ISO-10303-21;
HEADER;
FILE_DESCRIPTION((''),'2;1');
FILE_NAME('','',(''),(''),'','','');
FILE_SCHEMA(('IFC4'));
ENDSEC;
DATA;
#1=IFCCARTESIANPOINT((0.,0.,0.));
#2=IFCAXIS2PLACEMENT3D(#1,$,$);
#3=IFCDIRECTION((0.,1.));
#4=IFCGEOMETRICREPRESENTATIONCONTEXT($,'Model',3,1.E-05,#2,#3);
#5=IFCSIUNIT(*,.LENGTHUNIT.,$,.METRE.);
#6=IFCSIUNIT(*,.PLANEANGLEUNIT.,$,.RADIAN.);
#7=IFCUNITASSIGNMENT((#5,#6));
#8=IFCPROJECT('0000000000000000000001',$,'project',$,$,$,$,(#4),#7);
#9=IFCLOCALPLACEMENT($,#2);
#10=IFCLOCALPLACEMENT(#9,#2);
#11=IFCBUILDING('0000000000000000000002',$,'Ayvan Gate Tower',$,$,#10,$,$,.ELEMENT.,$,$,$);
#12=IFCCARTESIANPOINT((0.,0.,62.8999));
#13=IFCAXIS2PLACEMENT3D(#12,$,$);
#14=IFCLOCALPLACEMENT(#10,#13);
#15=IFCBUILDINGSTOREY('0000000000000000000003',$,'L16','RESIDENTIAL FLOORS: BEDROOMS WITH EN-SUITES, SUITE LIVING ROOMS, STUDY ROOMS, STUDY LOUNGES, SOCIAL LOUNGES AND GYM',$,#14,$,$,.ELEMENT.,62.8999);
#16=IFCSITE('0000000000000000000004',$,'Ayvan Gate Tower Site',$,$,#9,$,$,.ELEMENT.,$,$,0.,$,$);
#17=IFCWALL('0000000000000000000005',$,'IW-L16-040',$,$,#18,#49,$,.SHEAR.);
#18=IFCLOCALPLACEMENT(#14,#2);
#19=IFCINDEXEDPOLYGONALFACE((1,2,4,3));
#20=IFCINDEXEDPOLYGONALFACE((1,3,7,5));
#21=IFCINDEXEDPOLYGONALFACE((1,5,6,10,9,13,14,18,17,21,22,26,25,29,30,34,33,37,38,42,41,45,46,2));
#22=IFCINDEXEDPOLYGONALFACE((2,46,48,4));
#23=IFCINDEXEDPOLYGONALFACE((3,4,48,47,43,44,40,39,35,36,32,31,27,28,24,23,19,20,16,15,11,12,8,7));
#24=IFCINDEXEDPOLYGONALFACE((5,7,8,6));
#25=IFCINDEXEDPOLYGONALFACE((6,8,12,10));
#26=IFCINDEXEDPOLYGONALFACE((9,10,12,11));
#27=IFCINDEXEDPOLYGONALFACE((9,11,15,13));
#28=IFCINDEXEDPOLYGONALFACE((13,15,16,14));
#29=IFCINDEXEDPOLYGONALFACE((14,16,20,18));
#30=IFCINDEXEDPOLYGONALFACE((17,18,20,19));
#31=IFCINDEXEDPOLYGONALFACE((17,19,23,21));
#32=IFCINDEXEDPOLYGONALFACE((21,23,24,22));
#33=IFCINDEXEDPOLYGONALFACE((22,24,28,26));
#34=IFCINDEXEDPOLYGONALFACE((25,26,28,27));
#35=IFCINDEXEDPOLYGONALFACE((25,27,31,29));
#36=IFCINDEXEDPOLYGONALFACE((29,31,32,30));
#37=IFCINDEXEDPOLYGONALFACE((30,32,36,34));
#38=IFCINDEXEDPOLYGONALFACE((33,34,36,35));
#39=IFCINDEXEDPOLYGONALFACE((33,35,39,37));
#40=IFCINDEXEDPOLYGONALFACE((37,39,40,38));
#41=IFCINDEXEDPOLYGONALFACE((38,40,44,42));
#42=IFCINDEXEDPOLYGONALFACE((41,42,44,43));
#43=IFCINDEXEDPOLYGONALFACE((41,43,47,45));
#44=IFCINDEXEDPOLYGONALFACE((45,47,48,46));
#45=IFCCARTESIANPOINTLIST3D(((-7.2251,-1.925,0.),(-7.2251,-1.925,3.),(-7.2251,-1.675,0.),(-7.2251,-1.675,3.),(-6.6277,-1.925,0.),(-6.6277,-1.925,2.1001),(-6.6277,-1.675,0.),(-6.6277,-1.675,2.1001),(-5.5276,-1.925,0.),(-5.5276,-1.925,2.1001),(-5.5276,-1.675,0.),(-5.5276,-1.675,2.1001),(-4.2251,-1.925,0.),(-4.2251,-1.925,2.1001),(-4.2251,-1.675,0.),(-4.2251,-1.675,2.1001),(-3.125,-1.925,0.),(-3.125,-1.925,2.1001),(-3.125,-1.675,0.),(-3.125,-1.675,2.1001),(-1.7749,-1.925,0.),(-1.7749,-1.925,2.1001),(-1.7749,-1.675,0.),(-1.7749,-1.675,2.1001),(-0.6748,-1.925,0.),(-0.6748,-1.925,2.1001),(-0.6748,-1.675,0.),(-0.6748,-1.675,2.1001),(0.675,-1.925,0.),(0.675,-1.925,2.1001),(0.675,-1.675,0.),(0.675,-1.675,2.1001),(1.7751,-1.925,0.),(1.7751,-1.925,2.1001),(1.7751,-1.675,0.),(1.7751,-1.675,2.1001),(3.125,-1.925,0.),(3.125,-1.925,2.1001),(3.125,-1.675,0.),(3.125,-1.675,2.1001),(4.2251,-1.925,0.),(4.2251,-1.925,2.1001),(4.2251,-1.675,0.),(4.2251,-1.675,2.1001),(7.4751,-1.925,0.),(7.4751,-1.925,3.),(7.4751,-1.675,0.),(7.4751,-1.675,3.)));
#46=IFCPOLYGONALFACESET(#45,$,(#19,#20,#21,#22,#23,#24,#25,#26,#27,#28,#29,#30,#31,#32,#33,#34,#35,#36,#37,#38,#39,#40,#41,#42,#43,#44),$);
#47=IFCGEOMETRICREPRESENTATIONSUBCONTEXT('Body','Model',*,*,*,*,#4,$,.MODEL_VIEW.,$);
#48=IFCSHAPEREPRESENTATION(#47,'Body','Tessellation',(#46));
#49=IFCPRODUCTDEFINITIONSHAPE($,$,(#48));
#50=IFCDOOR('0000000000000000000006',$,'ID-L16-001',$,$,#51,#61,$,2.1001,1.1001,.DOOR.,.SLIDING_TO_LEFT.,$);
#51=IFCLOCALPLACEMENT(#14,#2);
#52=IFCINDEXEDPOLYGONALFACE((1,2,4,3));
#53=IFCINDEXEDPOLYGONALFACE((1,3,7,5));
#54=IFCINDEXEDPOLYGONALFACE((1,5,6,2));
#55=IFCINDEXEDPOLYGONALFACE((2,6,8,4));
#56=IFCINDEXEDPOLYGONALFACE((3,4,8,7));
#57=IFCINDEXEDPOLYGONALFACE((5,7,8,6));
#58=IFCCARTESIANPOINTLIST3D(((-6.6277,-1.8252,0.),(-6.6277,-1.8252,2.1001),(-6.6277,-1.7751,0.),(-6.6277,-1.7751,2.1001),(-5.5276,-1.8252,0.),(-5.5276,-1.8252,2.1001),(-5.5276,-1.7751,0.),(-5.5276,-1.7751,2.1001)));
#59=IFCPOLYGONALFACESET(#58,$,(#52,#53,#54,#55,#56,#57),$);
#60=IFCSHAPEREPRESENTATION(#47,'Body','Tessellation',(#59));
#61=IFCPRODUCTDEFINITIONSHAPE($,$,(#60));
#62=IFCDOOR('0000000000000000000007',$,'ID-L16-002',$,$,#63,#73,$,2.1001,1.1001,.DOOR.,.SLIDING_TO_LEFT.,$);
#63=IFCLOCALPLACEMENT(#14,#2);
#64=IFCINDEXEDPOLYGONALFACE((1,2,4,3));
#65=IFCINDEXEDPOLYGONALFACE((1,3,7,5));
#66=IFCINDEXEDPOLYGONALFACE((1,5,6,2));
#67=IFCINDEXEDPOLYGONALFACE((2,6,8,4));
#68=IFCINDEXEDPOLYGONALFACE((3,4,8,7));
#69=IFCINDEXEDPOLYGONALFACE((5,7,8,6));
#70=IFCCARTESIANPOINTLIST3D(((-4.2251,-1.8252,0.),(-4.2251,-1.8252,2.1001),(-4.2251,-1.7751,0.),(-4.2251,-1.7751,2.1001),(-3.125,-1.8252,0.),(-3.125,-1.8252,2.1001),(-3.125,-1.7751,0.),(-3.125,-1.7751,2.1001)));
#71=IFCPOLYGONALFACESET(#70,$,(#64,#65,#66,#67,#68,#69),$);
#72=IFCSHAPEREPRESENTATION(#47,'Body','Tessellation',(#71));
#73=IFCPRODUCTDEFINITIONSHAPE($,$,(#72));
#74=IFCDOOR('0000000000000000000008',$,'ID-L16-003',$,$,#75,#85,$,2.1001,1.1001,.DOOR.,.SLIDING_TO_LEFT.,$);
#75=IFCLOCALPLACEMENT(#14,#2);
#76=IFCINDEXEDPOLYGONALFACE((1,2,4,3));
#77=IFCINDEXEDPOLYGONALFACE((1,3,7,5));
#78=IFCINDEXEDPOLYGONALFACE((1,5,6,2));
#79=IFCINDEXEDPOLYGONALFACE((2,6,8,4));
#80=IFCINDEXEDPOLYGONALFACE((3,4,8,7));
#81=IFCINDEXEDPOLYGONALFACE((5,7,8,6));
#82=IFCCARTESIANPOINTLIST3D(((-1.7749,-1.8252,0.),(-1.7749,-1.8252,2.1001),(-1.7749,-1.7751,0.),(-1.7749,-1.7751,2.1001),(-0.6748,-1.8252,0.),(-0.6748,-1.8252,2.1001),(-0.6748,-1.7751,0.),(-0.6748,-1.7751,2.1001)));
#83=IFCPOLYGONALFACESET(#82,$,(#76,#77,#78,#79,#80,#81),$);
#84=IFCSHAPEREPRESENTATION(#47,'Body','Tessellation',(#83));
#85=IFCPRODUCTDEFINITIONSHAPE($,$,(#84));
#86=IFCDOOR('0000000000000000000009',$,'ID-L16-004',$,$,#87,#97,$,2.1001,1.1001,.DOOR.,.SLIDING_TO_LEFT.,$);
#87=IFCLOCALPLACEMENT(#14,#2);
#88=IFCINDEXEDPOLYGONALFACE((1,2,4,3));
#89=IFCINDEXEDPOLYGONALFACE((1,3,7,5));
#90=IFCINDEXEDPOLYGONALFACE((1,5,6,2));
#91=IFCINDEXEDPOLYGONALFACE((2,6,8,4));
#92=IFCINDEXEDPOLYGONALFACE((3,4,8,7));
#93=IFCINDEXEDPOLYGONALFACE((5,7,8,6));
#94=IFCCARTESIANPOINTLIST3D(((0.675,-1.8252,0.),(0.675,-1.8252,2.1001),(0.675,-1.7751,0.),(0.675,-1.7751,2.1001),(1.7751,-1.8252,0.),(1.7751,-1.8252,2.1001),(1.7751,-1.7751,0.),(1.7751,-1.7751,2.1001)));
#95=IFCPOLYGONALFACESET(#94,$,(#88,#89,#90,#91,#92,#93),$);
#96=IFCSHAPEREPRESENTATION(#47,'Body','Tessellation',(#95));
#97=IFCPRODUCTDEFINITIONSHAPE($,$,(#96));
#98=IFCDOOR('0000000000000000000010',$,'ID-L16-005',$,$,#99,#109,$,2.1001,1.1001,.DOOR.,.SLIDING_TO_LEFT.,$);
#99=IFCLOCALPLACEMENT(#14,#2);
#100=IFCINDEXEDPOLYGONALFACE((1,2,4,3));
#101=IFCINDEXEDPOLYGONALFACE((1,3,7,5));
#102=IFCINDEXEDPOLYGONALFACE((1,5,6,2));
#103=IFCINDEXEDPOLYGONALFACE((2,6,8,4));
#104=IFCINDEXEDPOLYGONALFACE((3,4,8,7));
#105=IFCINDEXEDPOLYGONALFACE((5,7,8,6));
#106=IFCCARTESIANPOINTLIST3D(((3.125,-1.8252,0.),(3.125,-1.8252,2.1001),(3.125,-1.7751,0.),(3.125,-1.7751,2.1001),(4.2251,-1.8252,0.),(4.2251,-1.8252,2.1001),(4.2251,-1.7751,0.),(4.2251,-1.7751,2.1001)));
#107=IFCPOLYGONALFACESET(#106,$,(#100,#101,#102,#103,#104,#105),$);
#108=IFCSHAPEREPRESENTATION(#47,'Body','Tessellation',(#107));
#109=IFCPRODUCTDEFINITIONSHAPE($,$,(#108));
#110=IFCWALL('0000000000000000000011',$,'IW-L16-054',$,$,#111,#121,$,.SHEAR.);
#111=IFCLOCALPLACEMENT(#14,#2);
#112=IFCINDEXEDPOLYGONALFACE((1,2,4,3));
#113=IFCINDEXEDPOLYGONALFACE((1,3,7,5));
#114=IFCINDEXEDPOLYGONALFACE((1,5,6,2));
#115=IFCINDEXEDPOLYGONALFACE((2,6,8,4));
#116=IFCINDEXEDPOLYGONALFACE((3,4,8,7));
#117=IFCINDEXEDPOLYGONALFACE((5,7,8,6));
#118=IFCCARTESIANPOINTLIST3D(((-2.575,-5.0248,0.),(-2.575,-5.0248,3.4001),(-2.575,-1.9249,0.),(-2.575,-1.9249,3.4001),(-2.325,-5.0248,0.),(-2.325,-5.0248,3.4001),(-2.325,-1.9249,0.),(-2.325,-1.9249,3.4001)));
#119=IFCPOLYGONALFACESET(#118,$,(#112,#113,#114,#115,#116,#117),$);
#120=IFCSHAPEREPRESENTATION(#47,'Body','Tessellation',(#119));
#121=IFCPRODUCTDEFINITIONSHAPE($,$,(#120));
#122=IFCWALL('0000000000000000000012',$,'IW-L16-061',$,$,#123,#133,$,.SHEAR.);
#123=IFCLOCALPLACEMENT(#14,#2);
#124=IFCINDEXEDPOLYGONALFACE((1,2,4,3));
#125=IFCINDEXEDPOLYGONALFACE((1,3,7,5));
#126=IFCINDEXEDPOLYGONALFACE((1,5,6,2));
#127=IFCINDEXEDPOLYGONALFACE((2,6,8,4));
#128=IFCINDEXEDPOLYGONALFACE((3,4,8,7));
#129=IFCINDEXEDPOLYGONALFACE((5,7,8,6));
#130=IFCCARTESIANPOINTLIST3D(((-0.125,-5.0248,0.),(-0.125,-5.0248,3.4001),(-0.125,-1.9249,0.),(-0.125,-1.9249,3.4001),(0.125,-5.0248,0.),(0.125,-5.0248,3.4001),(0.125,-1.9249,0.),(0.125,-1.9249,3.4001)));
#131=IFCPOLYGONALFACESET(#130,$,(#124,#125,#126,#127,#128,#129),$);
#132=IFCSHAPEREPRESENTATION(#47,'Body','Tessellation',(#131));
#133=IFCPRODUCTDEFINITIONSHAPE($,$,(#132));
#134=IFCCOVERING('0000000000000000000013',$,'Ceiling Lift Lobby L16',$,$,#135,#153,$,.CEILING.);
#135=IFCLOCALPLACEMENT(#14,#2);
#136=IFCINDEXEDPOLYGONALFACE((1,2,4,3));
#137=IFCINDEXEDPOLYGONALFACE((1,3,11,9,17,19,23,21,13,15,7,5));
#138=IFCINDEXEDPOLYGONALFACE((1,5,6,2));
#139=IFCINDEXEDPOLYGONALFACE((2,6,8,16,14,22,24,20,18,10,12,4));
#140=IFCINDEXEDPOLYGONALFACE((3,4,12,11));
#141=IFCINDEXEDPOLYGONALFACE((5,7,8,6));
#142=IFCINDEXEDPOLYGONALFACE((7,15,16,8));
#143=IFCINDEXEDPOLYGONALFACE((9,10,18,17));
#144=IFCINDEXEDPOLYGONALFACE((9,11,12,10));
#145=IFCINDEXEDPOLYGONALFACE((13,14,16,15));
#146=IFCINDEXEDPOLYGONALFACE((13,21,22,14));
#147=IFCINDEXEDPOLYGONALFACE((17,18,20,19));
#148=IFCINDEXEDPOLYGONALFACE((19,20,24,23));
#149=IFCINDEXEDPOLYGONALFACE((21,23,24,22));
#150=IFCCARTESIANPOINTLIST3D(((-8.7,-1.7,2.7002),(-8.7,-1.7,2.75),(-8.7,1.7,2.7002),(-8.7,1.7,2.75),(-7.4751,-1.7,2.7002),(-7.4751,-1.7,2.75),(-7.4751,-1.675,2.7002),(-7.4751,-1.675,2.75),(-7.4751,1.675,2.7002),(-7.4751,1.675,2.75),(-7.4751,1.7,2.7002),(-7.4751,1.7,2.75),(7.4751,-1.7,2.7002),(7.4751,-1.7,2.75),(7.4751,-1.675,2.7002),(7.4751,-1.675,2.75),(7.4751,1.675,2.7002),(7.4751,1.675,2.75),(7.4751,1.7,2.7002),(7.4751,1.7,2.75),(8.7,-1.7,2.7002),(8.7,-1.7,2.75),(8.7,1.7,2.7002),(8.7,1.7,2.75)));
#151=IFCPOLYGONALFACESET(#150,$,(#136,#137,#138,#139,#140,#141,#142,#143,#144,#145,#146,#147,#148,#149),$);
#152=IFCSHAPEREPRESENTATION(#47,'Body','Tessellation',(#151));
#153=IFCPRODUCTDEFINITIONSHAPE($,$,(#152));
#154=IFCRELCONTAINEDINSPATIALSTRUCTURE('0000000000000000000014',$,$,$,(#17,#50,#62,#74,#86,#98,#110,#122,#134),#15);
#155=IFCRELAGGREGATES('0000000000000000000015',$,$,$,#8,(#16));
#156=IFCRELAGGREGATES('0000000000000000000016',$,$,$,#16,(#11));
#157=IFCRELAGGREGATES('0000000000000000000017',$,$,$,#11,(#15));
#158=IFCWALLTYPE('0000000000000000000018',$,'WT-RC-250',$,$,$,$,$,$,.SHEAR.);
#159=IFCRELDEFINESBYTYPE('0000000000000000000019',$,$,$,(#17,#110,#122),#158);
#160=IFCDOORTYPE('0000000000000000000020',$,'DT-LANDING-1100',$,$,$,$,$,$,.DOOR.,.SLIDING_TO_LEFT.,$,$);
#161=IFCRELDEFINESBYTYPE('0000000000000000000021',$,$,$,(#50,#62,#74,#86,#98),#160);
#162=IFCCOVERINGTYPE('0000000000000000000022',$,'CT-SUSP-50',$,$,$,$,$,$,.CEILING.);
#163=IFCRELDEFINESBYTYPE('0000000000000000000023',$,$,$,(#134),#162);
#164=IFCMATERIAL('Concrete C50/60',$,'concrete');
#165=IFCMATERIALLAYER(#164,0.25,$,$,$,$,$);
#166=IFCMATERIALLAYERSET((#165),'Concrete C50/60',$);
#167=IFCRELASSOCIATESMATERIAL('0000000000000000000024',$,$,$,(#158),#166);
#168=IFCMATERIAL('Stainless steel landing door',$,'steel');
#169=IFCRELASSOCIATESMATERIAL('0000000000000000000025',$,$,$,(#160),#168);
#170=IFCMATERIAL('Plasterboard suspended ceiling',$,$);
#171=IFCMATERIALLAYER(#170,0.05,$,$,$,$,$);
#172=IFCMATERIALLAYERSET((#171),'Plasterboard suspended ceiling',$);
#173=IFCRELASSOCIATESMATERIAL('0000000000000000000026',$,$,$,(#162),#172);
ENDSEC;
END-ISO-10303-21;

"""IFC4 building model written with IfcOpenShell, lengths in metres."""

from ifc_helpers import new_model, si_unit, direction, frame, frame_2d, origin, place, context, subcontext, project, spatial, polyline, rectangle, outline, extrude, material, layer, layer_set, type_object, element, fill, save


model = new_model("IFC4")

# Units and contexts
model_context = context("Model", 3, precision=1e-05, world=origin(), true_north=direction((0.0, 1.0)))
body_context = subcontext(model_context, "Body", "Model", "MODEL_VIEW")
ifc_project = project(units=[si_unit("LENGTHUNIT", "METRE"), si_unit("PLANEANGLEUNIT", "RADIAN")], contexts=[model_context])

# Site, building, storey
site_placement = place(None, origin())
site = spatial("IfcSite", under=ifc_project, at=site_placement, Name="Ayvan Gate Tower Site", CompositionType="ELEMENT", RefElevation=0.0)
building_placement = place(site_placement, origin())
building = spatial("IfcBuilding", under=site, at=building_placement, Name="Ayvan Gate Tower", CompositionType="ELEMENT")
storey_placement = place(building_placement, frame((0.0, 0.0, 62.8999)))
storey = spatial("IfcBuildingStorey", under=building, at=storey_placement, Name="L16", Description="RESIDENTIAL FLOORS: BEDROOMS WITH EN-SUITES, SUITE LIVING ROOMS, STUDY ROOMS, STUDY LOUNGES, SOCIAL LOUNGES AND GYM", CompositionType="ELEMENT", Elevation=62.8999)

# Shared definitions
ifc_material_1 = material(Name="Concrete C50/60", Category="concrete")
ifc_layer_1 = layer(ifc_material_1, 0.25)
ifc_layer_set_1 = layer_set([ifc_layer_1], Name="Concrete C50/60")
wall_type_1 = type_object("IfcWallType", Name="WT-RC-250", PredefinedType="SHEAR", material=ifc_layer_set_1)

# Wall, openings, doors
wall_1_placement = place(storey_placement, frame((-7.2251, -1.8, 0.0), z_axis=(0.0, 0.0, 1.0), x_axis=(1.0, 0.0, 0.0)))
wall_1 = element("IfcWall", 1, at=wall_1_placement, inside=storey, type_object=wall_type_1, Name="IW-L16-040", PredefinedType="SHEAR", context=body_context, shape_type="SweptSolid", body=[
    extrude(rectangle(XDim=14.7002, YDim=0.25, at=frame_2d((7.3501, 0.0))), origin(), (0.0, 0.0, 1.0), 3.0),
])
opening_1_placement = place(wall_1_placement, frame((0.5974, 0.0, 0.0)))
opening_1 = element("IfcOpeningElement", 2, at=opening_1_placement, cuts=wall_1, PredefinedType="OPENING", context=body_context, shape_type="SweptSolid", body=[
    extrude(rectangle(XDim=1.1001, YDim=2.1001, at=frame_2d((0.55, 1.05))), frame((0.0, 0.135, 0.0), z_axis=(0.0, -1.0, 0.0), x_axis=(1.0, 0.0, 0.0)), (0.0, 0.0, 1.0), 0.27),
])
opening_2_placement = place(wall_1_placement, frame((3.0, 0.0, 0.0)))
opening_2 = element("IfcOpeningElement", 3, at=opening_2_placement, cuts=wall_1, PredefinedType="OPENING", context=body_context, shape_type="SweptSolid", body=[
    extrude(rectangle(XDim=1.1001, YDim=2.1001, at=frame_2d((0.55, 1.05))), frame((0.0, 0.135, 0.0), z_axis=(0.0, -1.0, 0.0), x_axis=(1.0, 0.0, 0.0)), (0.0, 0.0, 1.0), 0.27),
])
opening_3_placement = place(wall_1_placement, frame((5.4502, 0.0, 0.0)))
opening_3 = element("IfcOpeningElement", 4, at=opening_3_placement, cuts=wall_1, PredefinedType="OPENING", context=body_context, shape_type="SweptSolid", body=[
    extrude(rectangle(XDim=1.1001, YDim=2.1001, at=frame_2d((0.55, 1.05))), frame((0.0, 0.135, 0.0), z_axis=(0.0, -1.0, 0.0), x_axis=(1.0, 0.0, 0.0)), (0.0, 0.0, 1.0), 0.27),
])
opening_4_placement = place(wall_1_placement, frame((7.9001, 0.0, 0.0)))
opening_4 = element("IfcOpeningElement", 5, at=opening_4_placement, cuts=wall_1, PredefinedType="OPENING", context=body_context, shape_type="SweptSolid", body=[
    extrude(rectangle(XDim=1.1001, YDim=2.1001, at=frame_2d((0.55, 1.05))), frame((0.0, 0.135, 0.0), z_axis=(0.0, -1.0, 0.0), x_axis=(1.0, 0.0, 0.0)), (0.0, 0.0, 1.0), 0.27),
])
opening_5_placement = place(wall_1_placement, frame((10.3501, 0.0, 0.0)))
opening_5 = element("IfcOpeningElement", 6, at=opening_5_placement, cuts=wall_1, PredefinedType="OPENING", context=body_context, shape_type="SweptSolid", body=[
    extrude(rectangle(XDim=1.1001, YDim=2.1001, at=frame_2d((0.55, 1.05))), frame((0.0, 0.135, 0.0), z_axis=(0.0, -1.0, 0.0), x_axis=(1.0, 0.0, 0.0)), (0.0, 0.0, 1.0), 0.27),
])
ifc_material_2 = material(Name="Stainless steel landing door", Category="steel")
door_type = type_object("IfcDoorType", Name="DT-LANDING-1100", OperationType="SLIDING_TO_LEFT", PredefinedType="DOOR", material=ifc_material_2)
door_1_placement = place(opening_1_placement, origin())
door_1 = element("IfcDoor", 7, at=door_1_placement, inside=storey, type_object=door_type, Name="ID-L16-001", OperationType="SLIDING_TO_LEFT", OverallHeight=2.1001, OverallWidth=1.1001, PredefinedType="DOOR", context=body_context, shape_type="SweptSolid", body=[
    extrude(rectangle(XDim=1.1001, YDim=2.1001, at=frame_2d((0.55, 1.05))), frame((0.0, 0.0249, 0.0), z_axis=(0.0, -1.0, 0.0), x_axis=(1.0, 0.0, 0.0)), (0.0, 0.0, 1.0), 0.05),
])
fill(opening_1, door_1)
door_2_placement = place(opening_2_placement, origin())
door_2 = element("IfcDoor", 8, at=door_2_placement, inside=storey, type_object=door_type, Name="ID-L16-002", OperationType="SLIDING_TO_LEFT", OverallHeight=2.1001, OverallWidth=1.1001, PredefinedType="DOOR", context=body_context, shape_type="SweptSolid", body=[
    extrude(rectangle(XDim=1.1001, YDim=2.1001, at=frame_2d((0.55, 1.05))), frame((0.0, 0.0249, 0.0), z_axis=(0.0, -1.0, 0.0), x_axis=(1.0, 0.0, 0.0)), (0.0, 0.0, 1.0), 0.05),
])
fill(opening_2, door_2)
door_3_placement = place(opening_3_placement, origin())
door_3 = element("IfcDoor", 9, at=door_3_placement, inside=storey, type_object=door_type, Name="ID-L16-003", OperationType="SLIDING_TO_LEFT", OverallHeight=2.1001, OverallWidth=1.1001, PredefinedType="DOOR", context=body_context, shape_type="SweptSolid", body=[
    extrude(rectangle(XDim=1.1001, YDim=2.1001, at=frame_2d((0.55, 1.05))), frame((0.0, 0.0249, 0.0), z_axis=(0.0, -1.0, 0.0), x_axis=(1.0, 0.0, 0.0)), (0.0, 0.0, 1.0), 0.05),
])
fill(opening_3, door_3)
door_4_placement = place(opening_4_placement, origin())
door_4 = element("IfcDoor", 10, at=door_4_placement, inside=storey, type_object=door_type, Name="ID-L16-004", OperationType="SLIDING_TO_LEFT", OverallHeight=2.1001, OverallWidth=1.1001, PredefinedType="DOOR", context=body_context, shape_type="SweptSolid", body=[
    extrude(rectangle(XDim=1.1001, YDim=2.1001, at=frame_2d((0.55, 1.05))), frame((0.0, 0.0249, 0.0), z_axis=(0.0, -1.0, 0.0), x_axis=(1.0, 0.0, 0.0)), (0.0, 0.0, 1.0), 0.05),
])
fill(opening_4, door_4)
door_5_placement = place(opening_5_placement, origin())
door_5 = element("IfcDoor", 11, at=door_5_placement, inside=storey, type_object=door_type, Name="ID-L16-005", OperationType="SLIDING_TO_LEFT", OverallHeight=2.1001, OverallWidth=1.1001, PredefinedType="DOOR", context=body_context, shape_type="SweptSolid", body=[
    extrude(rectangle(XDim=1.1001, YDim=2.1001, at=frame_2d((0.55, 1.05))), frame((0.0, 0.0249, 0.0), z_axis=(0.0, -1.0, 0.0), x_axis=(1.0, 0.0, 0.0)), (0.0, 0.0, 1.0), 0.05),
])
fill(opening_5, door_5)

# Walls
for number, where, z_axis, x_axis, name in (
    (12, (-2.45, -1.925, 0.0), (0.0, 0.0, 1.0), (0.0, -1.0, 0.0), "IW-L16-054"),
    (13, (0.0, -1.925, 0.0), (0.0, 0.0, 1.0), (0.0, -1.0, 0.0), "IW-L16-061"),
):
    element("IfcWall", number, at=place(storey_placement, frame(where, z_axis=z_axis, x_axis=x_axis)), inside=storey, type_object=wall_type_1, Name=name, PredefinedType="SHEAR", context=body_context, shape_type="SweptSolid", body=[
        extrude(rectangle(XDim=3.0999, YDim=0.25, at=frame_2d((1.5498, 0.0))), origin(), (0.0, 0.0, 1.0), 3.4001),
    ])

# Covering
ifc_material_3 = material(Name="Plasterboard suspended ceiling")
ifc_layer_2 = layer(ifc_material_3, 0.05)
ifc_layer_set_2 = layer_set([ifc_layer_2], Name="Plasterboard suspended ceiling")
covering_type = type_object("IfcCoveringType", Name="CT-SUSP-50", PredefinedType="CEILING", material=ifc_layer_set_2)
covering_1_placement = place(storey_placement, frame((0.0, 0.0, 2.7002)))
element("IfcCovering", 14, at=covering_1_placement, inside=storey, type_object=covering_type, Name="Ceiling Lift Lobby L16", PredefinedType="CEILING", context=body_context, shape_type="SweptSolid", body=[
    extrude(outline(polyline([(7.4751, -1.675), (-7.4751, -1.675), (-7.4751, -1.7), (-8.7, -1.7), (-8.7, 1.7), (-7.4751, 1.7), (-7.4751, 1.675), (7.4751, 1.675), (7.4751, 1.7), (8.7, 1.7), (8.7, -1.7), (7.4751, -1.7), (7.4751, -1.675)])), origin(), (0.0, 0.0, 1.0), 0.0498),
])

save(model, "model.ifc")
